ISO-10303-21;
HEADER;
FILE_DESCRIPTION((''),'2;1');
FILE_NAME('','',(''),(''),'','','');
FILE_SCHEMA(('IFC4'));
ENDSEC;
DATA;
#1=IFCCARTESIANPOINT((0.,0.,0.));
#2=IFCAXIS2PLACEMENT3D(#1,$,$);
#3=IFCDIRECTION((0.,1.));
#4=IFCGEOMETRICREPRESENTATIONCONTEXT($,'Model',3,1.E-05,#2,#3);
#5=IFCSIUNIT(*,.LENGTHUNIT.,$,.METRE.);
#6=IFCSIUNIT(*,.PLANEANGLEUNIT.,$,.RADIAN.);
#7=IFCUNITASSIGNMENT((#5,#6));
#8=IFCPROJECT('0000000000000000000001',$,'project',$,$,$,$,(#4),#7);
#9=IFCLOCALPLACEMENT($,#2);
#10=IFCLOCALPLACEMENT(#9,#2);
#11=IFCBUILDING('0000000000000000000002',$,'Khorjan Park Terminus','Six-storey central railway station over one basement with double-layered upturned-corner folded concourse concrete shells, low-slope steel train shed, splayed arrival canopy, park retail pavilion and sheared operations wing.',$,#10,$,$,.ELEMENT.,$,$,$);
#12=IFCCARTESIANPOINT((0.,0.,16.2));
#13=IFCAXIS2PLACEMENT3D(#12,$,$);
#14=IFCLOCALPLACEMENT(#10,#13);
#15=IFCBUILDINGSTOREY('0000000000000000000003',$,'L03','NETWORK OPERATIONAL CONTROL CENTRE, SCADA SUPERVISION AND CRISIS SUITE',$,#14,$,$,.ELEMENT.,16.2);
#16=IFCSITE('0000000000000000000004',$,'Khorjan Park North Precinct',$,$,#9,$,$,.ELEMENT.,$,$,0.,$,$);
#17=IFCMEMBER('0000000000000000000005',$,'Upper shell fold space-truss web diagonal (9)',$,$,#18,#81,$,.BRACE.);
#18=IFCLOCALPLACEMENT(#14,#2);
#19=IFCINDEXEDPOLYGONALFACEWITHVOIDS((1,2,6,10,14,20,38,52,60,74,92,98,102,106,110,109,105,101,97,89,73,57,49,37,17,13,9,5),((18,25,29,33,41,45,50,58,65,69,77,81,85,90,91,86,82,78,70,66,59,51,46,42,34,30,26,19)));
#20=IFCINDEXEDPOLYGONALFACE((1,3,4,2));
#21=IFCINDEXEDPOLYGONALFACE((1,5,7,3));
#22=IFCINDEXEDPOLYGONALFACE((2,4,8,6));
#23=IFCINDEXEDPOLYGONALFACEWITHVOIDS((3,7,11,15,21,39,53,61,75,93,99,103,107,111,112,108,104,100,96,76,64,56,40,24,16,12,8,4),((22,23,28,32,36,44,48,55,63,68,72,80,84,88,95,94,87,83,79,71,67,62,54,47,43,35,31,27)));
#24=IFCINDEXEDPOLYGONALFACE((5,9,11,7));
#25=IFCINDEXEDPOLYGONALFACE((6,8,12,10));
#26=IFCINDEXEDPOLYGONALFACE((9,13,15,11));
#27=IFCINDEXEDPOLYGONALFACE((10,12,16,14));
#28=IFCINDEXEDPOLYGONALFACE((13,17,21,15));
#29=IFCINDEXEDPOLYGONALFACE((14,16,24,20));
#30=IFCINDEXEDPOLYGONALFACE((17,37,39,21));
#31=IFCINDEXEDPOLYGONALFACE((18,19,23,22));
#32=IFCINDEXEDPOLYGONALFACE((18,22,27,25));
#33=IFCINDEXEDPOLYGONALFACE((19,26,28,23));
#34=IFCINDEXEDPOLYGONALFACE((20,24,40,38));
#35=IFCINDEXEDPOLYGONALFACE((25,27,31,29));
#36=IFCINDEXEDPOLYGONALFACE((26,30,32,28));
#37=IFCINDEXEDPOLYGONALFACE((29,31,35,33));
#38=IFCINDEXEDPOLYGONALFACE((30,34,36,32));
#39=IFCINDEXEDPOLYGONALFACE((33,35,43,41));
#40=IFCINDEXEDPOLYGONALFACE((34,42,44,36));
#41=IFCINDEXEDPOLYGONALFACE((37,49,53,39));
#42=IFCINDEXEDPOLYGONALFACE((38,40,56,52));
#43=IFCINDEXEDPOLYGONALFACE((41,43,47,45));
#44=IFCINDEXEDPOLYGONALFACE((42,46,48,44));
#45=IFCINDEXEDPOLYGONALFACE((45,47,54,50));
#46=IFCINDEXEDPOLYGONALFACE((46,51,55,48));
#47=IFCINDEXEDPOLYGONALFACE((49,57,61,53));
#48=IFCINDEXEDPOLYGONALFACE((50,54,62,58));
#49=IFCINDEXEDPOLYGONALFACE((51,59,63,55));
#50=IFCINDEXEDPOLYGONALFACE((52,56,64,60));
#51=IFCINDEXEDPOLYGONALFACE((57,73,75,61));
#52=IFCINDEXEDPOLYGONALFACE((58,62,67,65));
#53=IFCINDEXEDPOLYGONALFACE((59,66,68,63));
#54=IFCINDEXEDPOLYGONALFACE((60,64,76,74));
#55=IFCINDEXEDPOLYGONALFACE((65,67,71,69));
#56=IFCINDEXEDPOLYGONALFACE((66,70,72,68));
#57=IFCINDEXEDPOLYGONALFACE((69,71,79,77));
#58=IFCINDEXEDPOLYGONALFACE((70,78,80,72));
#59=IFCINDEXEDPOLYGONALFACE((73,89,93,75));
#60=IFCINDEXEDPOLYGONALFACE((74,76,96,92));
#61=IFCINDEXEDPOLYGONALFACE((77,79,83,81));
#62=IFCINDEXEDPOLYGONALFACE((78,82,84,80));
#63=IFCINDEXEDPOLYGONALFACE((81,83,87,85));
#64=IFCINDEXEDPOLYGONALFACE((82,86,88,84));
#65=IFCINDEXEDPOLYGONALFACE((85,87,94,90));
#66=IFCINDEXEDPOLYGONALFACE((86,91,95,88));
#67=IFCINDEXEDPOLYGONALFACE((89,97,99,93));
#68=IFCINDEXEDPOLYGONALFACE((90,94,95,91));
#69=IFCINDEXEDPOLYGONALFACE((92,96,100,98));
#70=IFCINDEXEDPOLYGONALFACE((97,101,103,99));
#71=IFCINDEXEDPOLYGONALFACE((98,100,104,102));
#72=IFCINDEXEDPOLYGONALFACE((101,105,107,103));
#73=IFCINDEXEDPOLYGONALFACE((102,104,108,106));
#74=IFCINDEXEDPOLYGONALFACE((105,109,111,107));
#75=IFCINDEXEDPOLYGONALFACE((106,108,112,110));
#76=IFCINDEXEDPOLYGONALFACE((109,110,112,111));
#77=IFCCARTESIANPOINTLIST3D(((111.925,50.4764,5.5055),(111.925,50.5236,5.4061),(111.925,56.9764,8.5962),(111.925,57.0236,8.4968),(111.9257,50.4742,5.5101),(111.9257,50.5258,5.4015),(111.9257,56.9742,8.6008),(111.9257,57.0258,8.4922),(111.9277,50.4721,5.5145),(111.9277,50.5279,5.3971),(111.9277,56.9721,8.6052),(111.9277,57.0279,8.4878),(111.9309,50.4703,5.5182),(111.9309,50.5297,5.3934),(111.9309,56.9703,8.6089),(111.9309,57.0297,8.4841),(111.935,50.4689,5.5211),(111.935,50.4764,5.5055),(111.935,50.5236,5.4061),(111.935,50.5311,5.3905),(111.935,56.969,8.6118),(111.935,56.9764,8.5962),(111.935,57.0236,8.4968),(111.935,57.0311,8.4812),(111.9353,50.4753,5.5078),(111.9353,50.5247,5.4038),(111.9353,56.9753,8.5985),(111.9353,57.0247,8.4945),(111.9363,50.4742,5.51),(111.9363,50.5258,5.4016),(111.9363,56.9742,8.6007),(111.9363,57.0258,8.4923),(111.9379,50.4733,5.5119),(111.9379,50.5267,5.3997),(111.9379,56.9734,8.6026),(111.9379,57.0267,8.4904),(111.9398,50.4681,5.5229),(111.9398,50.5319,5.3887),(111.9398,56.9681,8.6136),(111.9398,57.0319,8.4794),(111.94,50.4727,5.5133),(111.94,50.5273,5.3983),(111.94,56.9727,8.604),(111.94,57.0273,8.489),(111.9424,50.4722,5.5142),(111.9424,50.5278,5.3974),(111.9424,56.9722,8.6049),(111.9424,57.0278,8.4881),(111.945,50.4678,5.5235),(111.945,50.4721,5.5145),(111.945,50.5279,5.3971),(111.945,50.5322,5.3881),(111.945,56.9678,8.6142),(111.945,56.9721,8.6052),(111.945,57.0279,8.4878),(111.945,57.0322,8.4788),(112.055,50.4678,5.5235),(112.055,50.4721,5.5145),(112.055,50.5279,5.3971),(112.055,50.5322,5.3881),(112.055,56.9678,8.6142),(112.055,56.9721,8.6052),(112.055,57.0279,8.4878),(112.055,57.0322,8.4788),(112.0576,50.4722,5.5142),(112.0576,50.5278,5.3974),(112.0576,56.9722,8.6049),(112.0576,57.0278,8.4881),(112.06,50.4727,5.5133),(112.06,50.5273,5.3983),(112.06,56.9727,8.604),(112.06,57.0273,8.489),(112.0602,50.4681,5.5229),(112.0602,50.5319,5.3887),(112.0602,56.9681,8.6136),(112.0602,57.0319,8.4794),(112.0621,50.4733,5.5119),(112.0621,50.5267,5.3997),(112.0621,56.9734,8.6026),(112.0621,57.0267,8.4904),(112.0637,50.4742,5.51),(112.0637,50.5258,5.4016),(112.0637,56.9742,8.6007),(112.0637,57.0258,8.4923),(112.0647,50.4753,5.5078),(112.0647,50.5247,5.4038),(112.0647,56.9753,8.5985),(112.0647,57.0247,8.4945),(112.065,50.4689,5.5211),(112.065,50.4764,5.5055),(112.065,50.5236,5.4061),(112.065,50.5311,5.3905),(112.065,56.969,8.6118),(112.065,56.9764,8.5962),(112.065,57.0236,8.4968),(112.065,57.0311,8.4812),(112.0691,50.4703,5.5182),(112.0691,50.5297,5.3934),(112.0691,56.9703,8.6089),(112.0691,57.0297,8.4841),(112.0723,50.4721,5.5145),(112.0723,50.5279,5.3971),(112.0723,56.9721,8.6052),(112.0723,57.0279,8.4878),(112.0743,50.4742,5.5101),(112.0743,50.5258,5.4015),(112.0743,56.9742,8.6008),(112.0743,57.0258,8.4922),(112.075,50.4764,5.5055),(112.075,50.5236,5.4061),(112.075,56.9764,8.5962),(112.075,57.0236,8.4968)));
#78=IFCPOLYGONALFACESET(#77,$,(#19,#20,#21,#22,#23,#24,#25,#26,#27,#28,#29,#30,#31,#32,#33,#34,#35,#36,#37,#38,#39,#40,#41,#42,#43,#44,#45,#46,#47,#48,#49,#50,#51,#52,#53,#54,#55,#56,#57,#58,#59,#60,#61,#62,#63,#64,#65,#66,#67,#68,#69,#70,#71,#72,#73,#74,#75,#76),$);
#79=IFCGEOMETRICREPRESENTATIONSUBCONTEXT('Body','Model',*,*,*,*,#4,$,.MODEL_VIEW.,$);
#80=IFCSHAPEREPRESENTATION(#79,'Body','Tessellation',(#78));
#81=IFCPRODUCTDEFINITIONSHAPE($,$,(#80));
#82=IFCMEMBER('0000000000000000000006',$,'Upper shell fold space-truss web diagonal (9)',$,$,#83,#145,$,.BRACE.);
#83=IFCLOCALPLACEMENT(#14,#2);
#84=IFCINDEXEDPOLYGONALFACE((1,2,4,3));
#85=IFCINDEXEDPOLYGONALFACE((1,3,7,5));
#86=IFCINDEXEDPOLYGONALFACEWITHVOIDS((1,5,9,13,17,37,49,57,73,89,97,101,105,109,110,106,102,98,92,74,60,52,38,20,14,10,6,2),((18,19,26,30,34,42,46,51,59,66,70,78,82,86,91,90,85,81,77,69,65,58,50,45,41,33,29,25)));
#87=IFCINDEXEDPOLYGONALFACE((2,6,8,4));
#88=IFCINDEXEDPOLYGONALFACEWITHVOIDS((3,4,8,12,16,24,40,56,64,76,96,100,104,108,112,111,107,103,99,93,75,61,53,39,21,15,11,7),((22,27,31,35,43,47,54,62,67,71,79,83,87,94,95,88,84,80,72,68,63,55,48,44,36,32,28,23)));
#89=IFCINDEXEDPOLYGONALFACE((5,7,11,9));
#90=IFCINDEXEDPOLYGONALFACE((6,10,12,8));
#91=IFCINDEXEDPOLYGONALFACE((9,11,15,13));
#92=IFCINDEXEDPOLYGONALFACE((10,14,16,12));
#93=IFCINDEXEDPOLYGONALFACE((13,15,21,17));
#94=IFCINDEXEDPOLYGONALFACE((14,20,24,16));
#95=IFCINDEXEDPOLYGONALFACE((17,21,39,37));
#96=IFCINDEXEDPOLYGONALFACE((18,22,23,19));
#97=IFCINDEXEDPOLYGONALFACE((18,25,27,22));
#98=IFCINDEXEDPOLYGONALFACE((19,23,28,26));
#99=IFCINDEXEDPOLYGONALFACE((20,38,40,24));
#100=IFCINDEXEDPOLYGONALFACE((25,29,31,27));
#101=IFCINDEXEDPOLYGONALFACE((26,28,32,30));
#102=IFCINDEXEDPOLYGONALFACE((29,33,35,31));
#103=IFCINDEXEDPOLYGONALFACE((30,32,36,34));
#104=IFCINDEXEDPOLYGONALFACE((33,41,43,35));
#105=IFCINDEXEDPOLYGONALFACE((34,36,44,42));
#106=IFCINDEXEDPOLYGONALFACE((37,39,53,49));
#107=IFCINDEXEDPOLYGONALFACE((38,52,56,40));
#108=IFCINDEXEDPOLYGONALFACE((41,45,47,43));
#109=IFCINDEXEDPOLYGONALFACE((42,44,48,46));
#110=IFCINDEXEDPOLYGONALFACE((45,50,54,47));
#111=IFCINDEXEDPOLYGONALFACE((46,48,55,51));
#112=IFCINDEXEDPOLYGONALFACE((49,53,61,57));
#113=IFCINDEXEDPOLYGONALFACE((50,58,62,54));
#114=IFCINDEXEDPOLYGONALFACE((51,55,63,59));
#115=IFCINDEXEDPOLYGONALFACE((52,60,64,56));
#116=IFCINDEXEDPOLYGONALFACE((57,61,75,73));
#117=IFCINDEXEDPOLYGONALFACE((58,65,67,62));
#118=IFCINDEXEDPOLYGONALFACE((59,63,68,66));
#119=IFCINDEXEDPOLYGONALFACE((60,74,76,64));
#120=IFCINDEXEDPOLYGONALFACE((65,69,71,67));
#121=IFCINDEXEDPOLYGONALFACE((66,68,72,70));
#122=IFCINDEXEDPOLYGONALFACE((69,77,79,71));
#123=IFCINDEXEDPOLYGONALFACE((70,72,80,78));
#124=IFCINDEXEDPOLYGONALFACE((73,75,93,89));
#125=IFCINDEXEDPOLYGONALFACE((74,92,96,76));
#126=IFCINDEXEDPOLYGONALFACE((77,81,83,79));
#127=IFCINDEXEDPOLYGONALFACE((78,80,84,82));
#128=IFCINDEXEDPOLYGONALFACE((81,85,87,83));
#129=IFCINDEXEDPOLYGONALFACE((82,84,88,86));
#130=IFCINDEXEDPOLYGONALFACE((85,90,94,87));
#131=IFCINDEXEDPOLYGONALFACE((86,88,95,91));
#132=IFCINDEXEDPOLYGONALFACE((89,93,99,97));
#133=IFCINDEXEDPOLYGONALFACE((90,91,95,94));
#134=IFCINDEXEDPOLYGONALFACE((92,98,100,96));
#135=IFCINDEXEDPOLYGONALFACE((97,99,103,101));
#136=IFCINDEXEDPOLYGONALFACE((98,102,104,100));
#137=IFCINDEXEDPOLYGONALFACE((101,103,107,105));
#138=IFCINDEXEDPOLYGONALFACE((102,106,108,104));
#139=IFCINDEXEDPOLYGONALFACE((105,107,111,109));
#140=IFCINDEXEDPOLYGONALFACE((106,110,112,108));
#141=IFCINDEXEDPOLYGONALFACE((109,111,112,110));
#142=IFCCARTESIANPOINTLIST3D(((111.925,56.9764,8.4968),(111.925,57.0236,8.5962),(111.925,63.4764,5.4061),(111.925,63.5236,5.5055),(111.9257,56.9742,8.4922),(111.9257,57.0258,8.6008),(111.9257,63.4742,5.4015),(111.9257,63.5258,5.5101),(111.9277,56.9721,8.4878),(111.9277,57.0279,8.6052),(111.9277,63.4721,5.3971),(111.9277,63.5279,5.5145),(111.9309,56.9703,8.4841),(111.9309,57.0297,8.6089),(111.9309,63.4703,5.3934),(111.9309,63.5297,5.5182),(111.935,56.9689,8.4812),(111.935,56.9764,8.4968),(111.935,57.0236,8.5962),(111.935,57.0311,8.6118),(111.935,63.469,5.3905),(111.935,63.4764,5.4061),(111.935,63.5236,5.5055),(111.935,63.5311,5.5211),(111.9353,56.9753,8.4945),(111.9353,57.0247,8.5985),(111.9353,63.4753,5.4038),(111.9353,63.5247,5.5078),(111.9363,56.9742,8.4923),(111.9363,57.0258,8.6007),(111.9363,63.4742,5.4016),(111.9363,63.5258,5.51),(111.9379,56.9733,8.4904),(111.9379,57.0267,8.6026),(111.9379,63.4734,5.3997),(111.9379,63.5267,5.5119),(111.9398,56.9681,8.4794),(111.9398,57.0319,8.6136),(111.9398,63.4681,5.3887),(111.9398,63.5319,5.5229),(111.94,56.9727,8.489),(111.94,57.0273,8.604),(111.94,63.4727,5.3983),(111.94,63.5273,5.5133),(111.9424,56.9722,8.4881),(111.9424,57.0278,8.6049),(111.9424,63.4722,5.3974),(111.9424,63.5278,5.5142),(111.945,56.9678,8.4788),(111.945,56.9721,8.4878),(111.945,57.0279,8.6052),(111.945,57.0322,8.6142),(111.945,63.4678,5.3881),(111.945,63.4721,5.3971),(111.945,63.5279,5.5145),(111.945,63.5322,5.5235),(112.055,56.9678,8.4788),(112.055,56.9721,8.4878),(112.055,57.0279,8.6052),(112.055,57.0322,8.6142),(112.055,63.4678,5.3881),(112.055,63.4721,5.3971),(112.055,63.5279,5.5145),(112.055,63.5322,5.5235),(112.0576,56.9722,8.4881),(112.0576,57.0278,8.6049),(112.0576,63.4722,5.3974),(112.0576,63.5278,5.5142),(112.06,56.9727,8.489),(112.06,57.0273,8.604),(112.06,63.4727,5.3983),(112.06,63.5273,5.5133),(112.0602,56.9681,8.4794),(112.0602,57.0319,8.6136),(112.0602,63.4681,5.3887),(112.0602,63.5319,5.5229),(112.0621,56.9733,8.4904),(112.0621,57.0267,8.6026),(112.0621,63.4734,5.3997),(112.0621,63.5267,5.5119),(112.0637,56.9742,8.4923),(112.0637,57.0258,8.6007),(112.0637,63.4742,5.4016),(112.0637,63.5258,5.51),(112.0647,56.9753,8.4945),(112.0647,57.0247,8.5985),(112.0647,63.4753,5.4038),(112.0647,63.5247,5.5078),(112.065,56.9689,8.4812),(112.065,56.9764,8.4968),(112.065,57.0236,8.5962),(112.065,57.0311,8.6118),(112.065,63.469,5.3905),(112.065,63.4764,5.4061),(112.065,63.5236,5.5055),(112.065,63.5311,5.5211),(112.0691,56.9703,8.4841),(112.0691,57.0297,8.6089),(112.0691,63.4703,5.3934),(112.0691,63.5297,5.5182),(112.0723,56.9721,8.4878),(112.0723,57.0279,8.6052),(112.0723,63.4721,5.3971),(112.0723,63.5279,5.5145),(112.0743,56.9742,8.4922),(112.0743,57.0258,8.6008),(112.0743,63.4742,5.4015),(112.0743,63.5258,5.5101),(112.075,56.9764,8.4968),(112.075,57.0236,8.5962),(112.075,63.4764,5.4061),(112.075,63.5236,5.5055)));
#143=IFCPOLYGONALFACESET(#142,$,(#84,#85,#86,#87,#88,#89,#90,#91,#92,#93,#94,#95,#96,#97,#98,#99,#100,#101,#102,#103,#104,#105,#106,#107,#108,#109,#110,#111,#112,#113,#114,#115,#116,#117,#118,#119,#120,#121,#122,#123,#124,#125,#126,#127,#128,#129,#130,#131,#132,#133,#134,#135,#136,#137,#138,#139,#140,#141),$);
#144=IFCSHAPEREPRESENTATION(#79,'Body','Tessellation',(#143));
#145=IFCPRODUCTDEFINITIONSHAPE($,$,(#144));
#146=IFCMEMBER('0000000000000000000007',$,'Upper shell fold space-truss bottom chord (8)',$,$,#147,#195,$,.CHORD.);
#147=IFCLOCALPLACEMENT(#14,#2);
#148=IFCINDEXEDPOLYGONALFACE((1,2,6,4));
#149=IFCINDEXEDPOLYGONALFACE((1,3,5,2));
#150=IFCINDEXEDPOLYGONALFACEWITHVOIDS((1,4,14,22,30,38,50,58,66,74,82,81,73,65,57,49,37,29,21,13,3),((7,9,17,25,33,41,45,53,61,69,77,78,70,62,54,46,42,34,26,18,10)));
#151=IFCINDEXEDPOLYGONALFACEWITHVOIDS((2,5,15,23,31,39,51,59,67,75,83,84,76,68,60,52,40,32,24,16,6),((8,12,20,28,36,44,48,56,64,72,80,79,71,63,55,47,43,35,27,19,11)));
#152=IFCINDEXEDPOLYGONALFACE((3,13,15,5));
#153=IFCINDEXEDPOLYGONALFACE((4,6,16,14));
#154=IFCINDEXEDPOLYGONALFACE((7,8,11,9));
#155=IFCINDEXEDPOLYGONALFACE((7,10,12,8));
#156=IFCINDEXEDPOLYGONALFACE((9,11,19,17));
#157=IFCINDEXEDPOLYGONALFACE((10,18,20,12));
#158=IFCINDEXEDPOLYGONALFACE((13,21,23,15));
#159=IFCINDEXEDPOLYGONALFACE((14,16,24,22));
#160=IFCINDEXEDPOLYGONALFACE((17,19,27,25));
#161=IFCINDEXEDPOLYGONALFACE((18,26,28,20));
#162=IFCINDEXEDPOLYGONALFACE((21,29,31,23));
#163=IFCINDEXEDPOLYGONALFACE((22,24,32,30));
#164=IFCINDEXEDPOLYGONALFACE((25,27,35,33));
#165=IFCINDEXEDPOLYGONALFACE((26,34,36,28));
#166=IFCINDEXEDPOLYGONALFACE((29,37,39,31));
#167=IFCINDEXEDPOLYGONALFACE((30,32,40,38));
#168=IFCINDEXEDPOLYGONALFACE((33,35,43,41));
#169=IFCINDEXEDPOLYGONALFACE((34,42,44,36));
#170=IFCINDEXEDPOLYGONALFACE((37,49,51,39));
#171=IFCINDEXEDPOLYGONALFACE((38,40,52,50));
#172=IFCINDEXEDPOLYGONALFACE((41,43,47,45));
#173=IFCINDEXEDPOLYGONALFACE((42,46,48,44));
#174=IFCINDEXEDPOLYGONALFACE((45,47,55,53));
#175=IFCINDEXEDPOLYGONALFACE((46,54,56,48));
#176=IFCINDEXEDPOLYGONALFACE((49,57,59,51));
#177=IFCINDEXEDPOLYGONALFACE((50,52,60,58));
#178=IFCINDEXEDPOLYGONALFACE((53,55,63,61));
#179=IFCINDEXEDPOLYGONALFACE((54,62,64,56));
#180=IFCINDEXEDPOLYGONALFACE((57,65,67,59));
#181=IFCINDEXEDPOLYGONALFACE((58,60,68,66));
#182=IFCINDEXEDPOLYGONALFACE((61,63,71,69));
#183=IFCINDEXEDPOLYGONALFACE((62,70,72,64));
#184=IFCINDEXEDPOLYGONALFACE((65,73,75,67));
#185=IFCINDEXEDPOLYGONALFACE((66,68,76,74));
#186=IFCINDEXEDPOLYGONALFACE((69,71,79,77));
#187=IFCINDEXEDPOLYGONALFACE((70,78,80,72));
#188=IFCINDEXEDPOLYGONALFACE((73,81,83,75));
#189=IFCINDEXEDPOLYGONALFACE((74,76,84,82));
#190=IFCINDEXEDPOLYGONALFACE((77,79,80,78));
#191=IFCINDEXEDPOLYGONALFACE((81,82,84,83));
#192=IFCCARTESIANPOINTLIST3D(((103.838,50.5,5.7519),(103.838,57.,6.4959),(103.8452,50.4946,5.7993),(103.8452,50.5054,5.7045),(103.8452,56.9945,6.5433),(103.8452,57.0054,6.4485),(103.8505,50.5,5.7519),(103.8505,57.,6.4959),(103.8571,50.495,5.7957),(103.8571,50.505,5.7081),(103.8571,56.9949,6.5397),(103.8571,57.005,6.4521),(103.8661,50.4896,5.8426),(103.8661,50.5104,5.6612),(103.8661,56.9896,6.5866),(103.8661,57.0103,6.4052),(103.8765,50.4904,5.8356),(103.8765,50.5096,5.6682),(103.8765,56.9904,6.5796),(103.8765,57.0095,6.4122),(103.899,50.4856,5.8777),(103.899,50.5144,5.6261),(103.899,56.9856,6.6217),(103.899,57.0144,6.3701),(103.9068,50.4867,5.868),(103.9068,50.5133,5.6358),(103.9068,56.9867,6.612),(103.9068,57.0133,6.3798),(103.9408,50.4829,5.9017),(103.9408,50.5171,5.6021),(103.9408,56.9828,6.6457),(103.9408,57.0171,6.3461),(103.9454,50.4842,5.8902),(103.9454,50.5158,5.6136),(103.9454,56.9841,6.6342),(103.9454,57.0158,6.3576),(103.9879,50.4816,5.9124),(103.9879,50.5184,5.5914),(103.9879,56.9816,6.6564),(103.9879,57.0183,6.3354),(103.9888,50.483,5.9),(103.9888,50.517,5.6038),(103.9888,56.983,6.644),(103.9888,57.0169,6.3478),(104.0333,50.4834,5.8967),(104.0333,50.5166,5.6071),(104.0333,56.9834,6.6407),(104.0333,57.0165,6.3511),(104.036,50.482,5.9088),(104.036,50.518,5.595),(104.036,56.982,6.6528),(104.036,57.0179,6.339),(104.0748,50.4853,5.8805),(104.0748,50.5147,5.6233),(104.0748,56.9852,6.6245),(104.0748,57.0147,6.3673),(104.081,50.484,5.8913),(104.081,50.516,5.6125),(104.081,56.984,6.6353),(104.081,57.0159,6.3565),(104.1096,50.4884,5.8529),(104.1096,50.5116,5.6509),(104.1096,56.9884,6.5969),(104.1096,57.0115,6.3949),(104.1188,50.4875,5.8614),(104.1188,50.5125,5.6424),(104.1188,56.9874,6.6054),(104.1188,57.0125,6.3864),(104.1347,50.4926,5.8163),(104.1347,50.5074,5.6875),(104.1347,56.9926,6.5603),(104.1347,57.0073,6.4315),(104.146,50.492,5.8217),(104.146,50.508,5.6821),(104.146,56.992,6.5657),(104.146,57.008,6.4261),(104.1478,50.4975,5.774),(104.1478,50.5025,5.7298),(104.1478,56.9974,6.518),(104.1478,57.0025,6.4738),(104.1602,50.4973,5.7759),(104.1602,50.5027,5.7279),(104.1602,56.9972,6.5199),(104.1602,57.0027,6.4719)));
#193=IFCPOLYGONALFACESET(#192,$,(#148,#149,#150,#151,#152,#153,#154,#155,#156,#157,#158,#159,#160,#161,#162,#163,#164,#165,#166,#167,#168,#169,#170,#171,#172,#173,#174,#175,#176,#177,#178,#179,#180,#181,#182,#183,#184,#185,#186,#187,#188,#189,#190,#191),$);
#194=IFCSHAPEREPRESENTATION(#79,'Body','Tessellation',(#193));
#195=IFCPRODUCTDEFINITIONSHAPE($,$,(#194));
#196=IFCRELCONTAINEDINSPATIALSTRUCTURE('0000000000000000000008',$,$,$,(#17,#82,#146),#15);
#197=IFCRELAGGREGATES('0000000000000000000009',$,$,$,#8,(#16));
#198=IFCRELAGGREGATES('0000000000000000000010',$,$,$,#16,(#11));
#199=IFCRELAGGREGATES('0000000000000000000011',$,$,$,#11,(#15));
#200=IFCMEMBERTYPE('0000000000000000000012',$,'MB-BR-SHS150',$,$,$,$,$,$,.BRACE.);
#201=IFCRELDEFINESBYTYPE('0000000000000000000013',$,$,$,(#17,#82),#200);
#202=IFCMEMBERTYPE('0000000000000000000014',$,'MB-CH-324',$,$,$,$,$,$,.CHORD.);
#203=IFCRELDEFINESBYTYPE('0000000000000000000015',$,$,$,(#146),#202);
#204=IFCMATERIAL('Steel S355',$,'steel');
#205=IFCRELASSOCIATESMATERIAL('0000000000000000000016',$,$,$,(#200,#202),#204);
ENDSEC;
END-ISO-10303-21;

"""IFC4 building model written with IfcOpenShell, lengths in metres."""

from ifc_helpers import new_model, si_unit, direction, frame, origin, origin_2d, place, context, subcontext, project, spatial, hollow_rectangle, hollow_circle, extrude, material, material_profile, profile_set, type_object, element, save


model = new_model("IFC4")

# Units and contexts
model_context = context("Model", 3, precision=1e-05, world=origin(), true_north=direction((0.0, 1.0)))
body_context = subcontext(model_context, "Body", "Model", "MODEL_VIEW")
ifc_project = project(units=[si_unit("LENGTHUNIT", "METRE"), si_unit("PLANEANGLEUNIT", "RADIAN")], contexts=[model_context])

# Site, building, storey
site_placement = place(None, origin())
site = spatial("IfcSite", under=ifc_project, at=site_placement, Name="Khorjan Park North Precinct", CompositionType="ELEMENT", RefElevation=0.0)
building_placement = place(site_placement, origin())
building = spatial("IfcBuilding", under=site, at=building_placement, Name="Khorjan Park Terminus", Description="Six-storey central railway station over one basement with double-layered upturned-corner folded concourse concrete shells, low-slope steel train shed, splayed arrival canopy, park retail pavilion and sheared operations wing.", CompositionType="ELEMENT")
storey_placement = place(building_placement, frame((0.0, 0.0, 16.2)))
storey = spatial("IfcBuildingStorey", under=building, at=storey_placement, Name="L03", Description="NETWORK OPERATIONAL CONTROL CENTRE, SCADA SUPERVISION AND CRISIS SUITE", CompositionType="ELEMENT", Elevation=16.2)

# Members
ifc_material = material(Name="Steel S355", Category="steel")
ifc_material_profile_1 = material_profile(ifc_material, hollow_rectangle(XDim=0.15, YDim=0.15, WallThickness=0.01, InnerFilletRadius=0.01, OuterFilletRadius=0.02, at=origin_2d()), Name="SHS 150x150x10")
ifc_profile_set_1 = profile_set([ifc_material_profile_1], Name="Steel S355")
member_type_1 = type_object("IfcMemberType", Name="MB-BR-SHS150", PredefinedType="BRACE", material=ifc_profile_set_1)
for number, where, z_axis, x_axis, name in (
    (1, (112.0, 50.5, 5.4558), (0.0, 0.903105, 0.42942), (-1.0, 0.0, 0.0), "Upper shell fold space-truss web diagonal (9)"),
    (2, (112.0, 57.0, 8.5465), (0.0, 0.903105, -0.42942), (-1.0, 0.0, 0.0), "Upper shell fold space-truss web diagonal (9)"),
):
    element("IfcMember", number, at=place(storey_placement, frame(where, z_axis=z_axis, x_axis=x_axis)), inside=storey, type_object=member_type_1, Name=name, PredefinedType="BRACE", context=body_context, shape_type="SweptSolid", body=[
        extrude(hollow_rectangle(XDim=0.15, YDim=0.15, WallThickness=0.01, InnerFilletRadius=0.01, OuterFilletRadius=0.02, at=origin_2d()), origin(), (0.0, 0.0, 1.0), 7.1974),
    ])
ifc_material_profile_2 = material_profile(ifc_material, hollow_circle(Radius=0.162, WallThickness=0.0125, at=origin_2d()), Name="CHS 323.9x12.5")
ifc_profile_set_2 = profile_set([ifc_material_profile_2], Name="Steel S355")
member_type_2 = type_object("IfcMemberType", Name="MB-CH-324", PredefinedType="CHORD", material=ifc_profile_set_2)
for number, where, z_axis, x_axis, name in (
    (3, (104.0, 50.5, 5.7519), (0.0, 0.993513, 0.113719), (-1.0, 0.0, 0.0), "Upper shell fold space-truss bottom chord (8)"),
):
    element("IfcMember", number, at=place(storey_placement, frame(where, z_axis=z_axis, x_axis=x_axis)), inside=storey, type_object=member_type_2, Name=name, PredefinedType="CHORD", context=body_context, shape_type="SweptSolid", body=[
        extrude(hollow_circle(Radius=0.162, WallThickness=0.0125, at=origin_2d()), origin(), (0.0, 0.0, 1.0), 6.5424),
    ])

save(model, "model.ifc")
